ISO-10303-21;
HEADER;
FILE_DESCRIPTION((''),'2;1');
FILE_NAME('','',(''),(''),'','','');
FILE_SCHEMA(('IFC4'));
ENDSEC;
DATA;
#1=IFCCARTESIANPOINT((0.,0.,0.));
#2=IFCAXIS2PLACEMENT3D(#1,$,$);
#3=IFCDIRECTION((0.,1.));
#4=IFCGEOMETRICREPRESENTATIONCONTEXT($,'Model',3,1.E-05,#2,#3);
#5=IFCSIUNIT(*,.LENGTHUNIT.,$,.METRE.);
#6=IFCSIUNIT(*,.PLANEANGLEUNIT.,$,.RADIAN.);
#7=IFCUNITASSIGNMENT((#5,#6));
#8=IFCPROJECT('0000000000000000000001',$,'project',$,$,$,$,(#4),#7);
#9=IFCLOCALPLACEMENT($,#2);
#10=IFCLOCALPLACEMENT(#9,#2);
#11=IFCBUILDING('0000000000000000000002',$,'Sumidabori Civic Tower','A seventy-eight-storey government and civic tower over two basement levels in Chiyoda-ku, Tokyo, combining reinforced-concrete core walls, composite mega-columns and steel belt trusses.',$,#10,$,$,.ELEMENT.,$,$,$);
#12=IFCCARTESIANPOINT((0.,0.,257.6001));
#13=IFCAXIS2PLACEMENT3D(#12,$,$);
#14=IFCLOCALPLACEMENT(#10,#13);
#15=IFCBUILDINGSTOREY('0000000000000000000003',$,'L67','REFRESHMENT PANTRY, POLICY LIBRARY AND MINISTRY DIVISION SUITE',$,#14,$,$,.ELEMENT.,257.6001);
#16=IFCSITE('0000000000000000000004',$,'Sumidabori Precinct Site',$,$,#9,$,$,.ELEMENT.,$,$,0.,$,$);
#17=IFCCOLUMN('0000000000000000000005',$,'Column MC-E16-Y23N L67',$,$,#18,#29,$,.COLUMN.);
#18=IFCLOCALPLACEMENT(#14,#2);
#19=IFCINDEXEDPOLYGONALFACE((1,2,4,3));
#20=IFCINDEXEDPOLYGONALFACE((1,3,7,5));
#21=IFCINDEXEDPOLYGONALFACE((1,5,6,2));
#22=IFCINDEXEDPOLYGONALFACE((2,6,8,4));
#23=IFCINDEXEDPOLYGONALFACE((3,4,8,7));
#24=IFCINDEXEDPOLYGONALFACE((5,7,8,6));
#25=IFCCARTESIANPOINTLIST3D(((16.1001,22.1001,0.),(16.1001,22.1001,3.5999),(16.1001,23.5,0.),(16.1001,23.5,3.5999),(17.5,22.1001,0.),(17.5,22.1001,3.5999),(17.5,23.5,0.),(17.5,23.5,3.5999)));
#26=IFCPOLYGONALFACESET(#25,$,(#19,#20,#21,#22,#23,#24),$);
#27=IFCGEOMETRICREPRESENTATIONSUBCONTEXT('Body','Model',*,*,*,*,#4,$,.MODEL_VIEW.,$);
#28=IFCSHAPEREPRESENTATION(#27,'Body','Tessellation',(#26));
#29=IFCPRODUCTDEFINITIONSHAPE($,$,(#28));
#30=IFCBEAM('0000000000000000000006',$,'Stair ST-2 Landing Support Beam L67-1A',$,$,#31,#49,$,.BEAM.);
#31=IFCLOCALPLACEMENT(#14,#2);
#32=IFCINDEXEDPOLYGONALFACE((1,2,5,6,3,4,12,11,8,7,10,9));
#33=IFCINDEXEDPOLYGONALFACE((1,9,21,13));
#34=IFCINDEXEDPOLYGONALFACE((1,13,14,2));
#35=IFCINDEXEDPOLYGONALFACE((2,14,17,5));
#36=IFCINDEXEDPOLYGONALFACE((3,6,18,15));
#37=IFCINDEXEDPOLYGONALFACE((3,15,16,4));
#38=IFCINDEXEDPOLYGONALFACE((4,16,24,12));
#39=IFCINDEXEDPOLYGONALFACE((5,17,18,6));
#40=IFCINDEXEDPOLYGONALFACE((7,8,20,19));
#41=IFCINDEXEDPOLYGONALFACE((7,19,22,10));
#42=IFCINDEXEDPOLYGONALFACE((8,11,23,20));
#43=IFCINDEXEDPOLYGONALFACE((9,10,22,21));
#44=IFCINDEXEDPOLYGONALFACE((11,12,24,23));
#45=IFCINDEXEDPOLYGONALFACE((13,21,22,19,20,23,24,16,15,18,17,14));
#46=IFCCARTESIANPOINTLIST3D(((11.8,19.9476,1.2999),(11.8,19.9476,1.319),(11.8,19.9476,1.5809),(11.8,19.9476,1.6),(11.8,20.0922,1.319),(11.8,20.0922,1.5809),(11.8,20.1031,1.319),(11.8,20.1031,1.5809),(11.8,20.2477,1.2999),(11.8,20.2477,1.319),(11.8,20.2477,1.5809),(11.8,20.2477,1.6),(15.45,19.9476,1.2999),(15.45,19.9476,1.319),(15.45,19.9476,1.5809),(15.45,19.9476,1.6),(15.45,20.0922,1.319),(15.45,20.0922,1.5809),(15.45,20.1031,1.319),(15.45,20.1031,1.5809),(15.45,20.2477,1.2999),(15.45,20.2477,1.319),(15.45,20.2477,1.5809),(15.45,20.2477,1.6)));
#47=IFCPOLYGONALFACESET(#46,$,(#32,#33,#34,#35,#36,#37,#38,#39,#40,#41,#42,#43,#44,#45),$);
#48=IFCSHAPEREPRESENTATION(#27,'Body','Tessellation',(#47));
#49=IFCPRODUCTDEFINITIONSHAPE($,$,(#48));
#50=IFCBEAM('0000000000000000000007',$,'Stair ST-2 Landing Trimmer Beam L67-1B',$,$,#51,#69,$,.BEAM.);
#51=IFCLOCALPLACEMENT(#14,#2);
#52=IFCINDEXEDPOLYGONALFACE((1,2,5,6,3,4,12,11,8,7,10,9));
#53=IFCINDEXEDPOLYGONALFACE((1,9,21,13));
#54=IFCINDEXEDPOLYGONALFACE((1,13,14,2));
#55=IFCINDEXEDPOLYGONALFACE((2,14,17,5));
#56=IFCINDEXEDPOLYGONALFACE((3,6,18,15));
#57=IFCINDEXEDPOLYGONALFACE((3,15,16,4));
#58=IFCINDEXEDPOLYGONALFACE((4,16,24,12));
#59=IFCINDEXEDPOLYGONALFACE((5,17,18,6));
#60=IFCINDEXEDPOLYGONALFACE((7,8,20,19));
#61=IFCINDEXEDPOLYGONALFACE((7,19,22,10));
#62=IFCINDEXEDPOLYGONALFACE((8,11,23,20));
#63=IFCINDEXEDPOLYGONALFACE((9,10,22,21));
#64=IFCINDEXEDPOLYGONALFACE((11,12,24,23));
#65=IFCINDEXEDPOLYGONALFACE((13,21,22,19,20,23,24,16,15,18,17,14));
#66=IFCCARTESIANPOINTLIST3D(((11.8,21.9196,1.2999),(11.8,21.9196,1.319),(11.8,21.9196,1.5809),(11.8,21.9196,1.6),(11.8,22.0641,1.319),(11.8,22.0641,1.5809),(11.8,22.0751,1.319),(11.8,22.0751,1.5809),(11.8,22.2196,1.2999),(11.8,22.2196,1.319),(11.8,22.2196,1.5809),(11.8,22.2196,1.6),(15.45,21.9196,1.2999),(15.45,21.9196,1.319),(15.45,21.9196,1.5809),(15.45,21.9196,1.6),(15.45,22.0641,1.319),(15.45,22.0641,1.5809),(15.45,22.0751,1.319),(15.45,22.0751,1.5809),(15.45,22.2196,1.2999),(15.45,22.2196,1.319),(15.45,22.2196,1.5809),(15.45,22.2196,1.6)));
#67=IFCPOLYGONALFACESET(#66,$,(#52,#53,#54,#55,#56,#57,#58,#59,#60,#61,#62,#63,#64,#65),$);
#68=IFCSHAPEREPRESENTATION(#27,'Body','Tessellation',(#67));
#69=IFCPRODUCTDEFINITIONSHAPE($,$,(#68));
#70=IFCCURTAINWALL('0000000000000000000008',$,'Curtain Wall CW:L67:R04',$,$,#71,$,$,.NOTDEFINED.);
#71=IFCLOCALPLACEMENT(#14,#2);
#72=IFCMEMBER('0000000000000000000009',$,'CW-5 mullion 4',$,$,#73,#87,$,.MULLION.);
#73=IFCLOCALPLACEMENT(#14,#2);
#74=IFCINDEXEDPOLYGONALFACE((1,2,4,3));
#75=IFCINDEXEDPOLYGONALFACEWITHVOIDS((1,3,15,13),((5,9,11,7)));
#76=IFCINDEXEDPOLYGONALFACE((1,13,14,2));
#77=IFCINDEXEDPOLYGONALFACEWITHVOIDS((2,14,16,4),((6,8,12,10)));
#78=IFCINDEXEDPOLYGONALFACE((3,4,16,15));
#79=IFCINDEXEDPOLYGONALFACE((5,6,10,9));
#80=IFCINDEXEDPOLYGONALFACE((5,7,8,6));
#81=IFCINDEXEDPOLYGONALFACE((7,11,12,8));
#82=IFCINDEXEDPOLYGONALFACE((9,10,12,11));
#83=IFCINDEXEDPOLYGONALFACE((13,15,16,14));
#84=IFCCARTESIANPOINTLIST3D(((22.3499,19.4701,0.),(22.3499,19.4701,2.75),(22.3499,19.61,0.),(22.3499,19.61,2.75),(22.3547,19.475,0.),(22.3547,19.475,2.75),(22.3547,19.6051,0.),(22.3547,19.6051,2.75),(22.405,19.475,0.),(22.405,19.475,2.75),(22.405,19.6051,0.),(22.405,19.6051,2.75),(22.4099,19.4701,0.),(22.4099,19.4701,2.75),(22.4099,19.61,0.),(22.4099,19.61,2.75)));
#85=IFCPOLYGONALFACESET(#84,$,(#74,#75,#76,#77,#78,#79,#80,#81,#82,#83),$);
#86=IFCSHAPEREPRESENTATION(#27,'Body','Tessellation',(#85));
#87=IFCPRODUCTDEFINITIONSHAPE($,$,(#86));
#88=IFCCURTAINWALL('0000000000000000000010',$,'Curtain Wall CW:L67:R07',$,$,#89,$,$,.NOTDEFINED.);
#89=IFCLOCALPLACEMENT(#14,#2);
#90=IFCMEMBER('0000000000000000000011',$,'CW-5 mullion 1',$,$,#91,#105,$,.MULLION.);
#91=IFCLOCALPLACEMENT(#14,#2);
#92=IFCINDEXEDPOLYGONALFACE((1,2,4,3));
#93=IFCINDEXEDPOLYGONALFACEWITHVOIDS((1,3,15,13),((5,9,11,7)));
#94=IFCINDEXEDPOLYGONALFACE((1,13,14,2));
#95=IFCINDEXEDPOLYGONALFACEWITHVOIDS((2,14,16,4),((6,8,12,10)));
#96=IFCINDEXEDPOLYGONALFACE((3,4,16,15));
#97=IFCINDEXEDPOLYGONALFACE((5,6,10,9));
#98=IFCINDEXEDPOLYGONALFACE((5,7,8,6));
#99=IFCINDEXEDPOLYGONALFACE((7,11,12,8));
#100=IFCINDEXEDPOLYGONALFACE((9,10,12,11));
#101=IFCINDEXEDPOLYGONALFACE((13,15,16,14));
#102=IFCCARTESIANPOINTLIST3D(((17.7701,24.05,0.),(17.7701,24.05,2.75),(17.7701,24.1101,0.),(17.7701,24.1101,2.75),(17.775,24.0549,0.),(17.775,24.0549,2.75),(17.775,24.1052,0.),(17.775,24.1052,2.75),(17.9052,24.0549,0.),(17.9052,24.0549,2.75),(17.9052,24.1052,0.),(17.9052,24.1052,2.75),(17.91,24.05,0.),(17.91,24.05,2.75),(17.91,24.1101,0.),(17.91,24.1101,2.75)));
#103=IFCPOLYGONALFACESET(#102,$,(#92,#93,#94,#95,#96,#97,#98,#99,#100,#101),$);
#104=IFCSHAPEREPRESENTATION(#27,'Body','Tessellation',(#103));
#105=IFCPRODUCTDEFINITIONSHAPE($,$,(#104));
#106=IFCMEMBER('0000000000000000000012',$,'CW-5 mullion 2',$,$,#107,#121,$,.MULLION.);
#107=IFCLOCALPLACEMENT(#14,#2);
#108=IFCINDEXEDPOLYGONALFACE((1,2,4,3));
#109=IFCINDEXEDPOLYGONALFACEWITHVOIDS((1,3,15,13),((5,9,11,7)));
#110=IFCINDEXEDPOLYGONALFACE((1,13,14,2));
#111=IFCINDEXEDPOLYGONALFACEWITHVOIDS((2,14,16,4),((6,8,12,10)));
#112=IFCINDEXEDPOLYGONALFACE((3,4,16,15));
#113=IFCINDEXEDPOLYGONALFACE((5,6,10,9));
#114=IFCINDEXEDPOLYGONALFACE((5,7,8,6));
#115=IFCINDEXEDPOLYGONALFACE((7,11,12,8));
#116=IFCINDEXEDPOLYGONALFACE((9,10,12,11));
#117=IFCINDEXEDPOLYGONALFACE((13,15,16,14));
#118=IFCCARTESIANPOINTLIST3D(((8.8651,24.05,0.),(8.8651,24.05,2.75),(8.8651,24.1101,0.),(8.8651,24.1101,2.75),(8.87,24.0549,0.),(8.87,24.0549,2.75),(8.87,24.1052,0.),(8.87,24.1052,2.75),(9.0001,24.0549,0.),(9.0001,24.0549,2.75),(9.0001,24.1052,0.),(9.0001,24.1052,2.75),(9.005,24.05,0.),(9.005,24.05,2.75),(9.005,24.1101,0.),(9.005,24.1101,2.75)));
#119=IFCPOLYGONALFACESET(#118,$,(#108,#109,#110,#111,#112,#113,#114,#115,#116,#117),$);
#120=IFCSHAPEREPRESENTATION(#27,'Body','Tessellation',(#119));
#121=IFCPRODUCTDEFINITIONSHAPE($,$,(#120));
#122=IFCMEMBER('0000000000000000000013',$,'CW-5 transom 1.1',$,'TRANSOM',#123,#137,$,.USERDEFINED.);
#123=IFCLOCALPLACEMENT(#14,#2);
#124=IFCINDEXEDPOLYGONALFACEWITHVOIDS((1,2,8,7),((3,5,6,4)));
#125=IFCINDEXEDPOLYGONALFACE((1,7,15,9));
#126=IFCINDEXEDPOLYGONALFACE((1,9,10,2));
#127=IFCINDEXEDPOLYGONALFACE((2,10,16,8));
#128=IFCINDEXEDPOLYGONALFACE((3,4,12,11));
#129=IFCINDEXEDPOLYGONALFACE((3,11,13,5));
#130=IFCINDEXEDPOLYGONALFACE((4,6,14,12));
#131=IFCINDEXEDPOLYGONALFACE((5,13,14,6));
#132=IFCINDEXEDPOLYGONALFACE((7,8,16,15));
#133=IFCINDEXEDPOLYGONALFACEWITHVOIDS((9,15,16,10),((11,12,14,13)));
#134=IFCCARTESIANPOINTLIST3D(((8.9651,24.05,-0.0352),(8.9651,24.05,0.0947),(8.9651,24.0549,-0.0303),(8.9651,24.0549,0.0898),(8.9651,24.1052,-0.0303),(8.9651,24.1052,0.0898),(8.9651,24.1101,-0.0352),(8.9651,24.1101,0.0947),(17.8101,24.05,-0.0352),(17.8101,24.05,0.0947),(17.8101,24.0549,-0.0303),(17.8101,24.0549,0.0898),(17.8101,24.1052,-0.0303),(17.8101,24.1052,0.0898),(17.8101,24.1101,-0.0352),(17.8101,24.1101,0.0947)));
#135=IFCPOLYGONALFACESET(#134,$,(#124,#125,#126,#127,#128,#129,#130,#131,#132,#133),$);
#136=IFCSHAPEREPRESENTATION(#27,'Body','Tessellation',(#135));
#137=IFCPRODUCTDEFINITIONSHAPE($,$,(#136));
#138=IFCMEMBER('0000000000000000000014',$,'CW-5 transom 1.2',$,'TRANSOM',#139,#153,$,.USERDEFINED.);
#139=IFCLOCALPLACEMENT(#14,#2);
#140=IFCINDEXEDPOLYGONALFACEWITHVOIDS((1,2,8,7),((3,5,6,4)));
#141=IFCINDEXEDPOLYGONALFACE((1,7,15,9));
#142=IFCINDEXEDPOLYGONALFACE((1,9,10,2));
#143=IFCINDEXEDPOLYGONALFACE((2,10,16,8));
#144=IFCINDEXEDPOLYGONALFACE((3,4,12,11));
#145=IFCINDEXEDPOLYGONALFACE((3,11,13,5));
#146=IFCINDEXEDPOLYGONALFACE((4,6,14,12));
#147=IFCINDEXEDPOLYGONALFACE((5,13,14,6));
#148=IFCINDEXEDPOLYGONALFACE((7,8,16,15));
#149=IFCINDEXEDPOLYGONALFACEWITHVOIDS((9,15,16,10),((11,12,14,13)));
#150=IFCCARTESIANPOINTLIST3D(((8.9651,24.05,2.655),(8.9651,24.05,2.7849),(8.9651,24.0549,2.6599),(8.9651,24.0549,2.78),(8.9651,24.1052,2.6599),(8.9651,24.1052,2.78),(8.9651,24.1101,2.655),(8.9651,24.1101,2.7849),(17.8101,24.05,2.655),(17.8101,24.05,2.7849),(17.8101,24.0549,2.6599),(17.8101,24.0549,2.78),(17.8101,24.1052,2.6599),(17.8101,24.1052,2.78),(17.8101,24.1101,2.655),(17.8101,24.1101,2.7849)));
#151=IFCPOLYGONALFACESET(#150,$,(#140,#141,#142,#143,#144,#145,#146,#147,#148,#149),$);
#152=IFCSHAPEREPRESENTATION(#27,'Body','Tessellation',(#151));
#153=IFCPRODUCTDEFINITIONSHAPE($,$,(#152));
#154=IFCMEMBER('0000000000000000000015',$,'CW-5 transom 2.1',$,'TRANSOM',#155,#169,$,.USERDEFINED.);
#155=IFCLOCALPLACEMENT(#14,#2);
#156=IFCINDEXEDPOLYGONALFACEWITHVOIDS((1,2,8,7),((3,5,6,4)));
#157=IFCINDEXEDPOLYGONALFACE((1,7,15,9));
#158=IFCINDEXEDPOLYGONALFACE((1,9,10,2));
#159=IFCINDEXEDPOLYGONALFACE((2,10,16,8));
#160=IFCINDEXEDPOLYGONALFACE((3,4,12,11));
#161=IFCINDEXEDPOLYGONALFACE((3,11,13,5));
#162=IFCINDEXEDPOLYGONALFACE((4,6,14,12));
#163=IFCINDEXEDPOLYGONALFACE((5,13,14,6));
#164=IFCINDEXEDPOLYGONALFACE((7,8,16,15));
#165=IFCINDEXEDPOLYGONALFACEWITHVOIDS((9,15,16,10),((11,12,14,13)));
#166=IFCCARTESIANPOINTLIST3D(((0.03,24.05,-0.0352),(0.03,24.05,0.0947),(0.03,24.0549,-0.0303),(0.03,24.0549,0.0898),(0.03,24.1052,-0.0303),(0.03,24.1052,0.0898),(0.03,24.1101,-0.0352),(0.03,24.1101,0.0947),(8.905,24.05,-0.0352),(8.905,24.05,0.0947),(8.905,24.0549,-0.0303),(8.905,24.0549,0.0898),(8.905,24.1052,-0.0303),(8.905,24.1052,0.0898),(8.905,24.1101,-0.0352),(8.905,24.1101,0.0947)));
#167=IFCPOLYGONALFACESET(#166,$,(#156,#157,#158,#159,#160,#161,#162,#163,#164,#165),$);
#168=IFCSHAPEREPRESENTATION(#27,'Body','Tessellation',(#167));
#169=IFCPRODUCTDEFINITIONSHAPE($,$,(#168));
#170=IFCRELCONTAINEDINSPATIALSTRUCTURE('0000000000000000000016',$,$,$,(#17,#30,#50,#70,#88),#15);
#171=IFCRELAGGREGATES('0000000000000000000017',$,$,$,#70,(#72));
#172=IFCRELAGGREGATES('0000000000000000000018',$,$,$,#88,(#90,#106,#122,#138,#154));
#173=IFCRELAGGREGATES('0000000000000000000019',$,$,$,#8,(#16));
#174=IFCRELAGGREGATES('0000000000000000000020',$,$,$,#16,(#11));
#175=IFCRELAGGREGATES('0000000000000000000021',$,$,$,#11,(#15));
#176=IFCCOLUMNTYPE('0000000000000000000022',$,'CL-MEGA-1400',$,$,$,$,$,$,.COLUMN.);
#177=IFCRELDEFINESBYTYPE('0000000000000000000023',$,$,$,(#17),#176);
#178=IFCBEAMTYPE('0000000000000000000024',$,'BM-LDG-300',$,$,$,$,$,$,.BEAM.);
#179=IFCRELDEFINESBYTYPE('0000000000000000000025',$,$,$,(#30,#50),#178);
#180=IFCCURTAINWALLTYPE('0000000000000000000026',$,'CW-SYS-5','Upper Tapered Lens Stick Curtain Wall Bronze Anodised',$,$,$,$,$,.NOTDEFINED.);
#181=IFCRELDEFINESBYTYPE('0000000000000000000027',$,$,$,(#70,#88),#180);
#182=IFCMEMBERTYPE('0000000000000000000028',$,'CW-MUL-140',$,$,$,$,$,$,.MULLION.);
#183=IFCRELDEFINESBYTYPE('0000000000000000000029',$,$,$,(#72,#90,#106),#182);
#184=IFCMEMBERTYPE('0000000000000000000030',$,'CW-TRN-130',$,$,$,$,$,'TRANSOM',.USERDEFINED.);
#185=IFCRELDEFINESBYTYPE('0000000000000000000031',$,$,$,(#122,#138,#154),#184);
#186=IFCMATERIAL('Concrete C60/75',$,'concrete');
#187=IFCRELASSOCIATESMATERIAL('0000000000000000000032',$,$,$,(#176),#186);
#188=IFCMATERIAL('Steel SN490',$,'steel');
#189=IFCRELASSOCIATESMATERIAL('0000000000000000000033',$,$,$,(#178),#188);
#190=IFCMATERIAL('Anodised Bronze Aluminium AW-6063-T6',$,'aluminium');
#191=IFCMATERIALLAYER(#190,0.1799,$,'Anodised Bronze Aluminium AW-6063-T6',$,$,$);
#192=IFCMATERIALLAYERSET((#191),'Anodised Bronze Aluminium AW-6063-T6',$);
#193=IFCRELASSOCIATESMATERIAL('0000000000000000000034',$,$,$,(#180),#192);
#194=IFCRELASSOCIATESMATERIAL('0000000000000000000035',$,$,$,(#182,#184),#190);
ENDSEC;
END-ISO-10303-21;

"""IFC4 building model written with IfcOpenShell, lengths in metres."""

from ifc_helpers import new_model, si_unit, direction, frame, origin, origin_2d, place, context, subcontext, project, spatial, rectangle, hollow_rectangle, i_section, extrude, source, transform, mapped, material, layer, layer_set, material_profile, profile_set, type_object, element, aggregate, save


model = new_model("IFC4")

# Units and contexts
model_context = context("Model", 3, precision=1e-05, world=origin(), true_north=direction((0.0, 1.0)))
body_context = subcontext(model_context, "Body", "Model", "MODEL_VIEW")
ifc_project = project(units=[si_unit("LENGTHUNIT", "METRE"), si_unit("PLANEANGLEUNIT", "RADIAN")], contexts=[model_context])

# Site, building, storey
site_placement = place(None, origin())
site = spatial("IfcSite", under=ifc_project, at=site_placement, Name="Sumidabori Precinct Site", CompositionType="ELEMENT", RefElevation=0.0)
building_placement = place(site_placement, origin())
building = spatial("IfcBuilding", under=site, at=building_placement, Name="Sumidabori Civic Tower", Description="A seventy-eight-storey government and civic tower over two basement levels in Chiyoda-ku, Tokyo, combining reinforced-concrete core walls, composite mega-columns and steel belt trusses.", CompositionType="ELEMENT")
storey_placement = place(building_placement, frame((0.0, 0.0, 257.6001)))
storey = spatial("IfcBuildingStorey", under=building, at=storey_placement, Name="L67", Description="REFRESHMENT PANTRY, POLICY LIBRARY AND MINISTRY DIVISION SUITE", CompositionType="ELEMENT", Elevation=257.6001)

# Column
ifc_material_1 = material(Name="Concrete C60/75", Category="concrete")
ifc_material_profile_1 = material_profile(ifc_material_1, rectangle(XDim=1.3999, YDim=1.3999, at=origin_2d()), Name="RC 1400x1400")
ifc_profile_set_1 = profile_set([ifc_material_profile_1], Name="Concrete C60/75")
column_type = type_object("IfcColumnType", Name="CL-MEGA-1400", PredefinedType="COLUMN", material=ifc_profile_set_1)
shared_shape_1 = source(origin(), body_context, "Body", "SweptSolid", [
    extrude(rectangle(XDim=1.3999, YDim=1.3999, at=origin_2d()), origin(), (0.0, 0.0, 1.0), 3.5999),
])
column_placement = place(storey_placement, frame((16.8, 22.8, 0.0), z_axis=(0.0, 0.0, 1.0), x_axis=(1.0, 0.0, 0.0)))
element("IfcColumn", 1, at=column_placement, inside=storey, type_object=column_type, Name="Column MC-E16-Y23N L67", PredefinedType="COLUMN", context=body_context, shape_type="MappedRepresentation", body=[
    mapped(shared_shape_1, transform((0.0, 0.0, 0.0), x_axis=(1.0, 0.0, 0.0), y_axis=(0.0, 1.0, 0.0), z_axis=(0.0, 0.0, 1.0), scale=1.0)),
])

# Beams
ifc_material_2 = material(Name="Steel SN490", Category="steel")
ifc_material_profile_2 = material_profile(ifc_material_2, i_section(OverallWidth=0.3, OverallDepth=0.3, WebThickness=0.011, FlangeThickness=0.019, at=origin_2d()), Name="HE 300 B")
ifc_profile_set_2 = profile_set([ifc_material_profile_2], Name="Steel SN490")
beam_type = type_object("IfcBeamType", Name="BM-LDG-300", PredefinedType="BEAM", material=ifc_profile_set_2)
shared_shape_2 = source(origin(), body_context, "Body", "SweptSolid", [
    extrude(i_section(OverallWidth=0.3, OverallDepth=0.3, WebThickness=0.011, FlangeThickness=0.019, at=origin_2d()), origin(), (0.0, 0.0, 1.0), 3.6499),
])
for number, where, z_axis, x_axis, name in (
    (2, (11.8, 20.0977, 1.45), (1.0, 0.0, 0.0), (0.0, 1.0, 0.0), "Stair ST-2 Landing Support Beam L67-1A"),
    (3, (11.8, 22.0696, 1.45), (1.0, 0.0, 0.0), (0.0, 1.0, 0.0), "Stair ST-2 Landing Trimmer Beam L67-1B"),
):
    element("IfcBeam", number, at=place(storey_placement, frame(where, z_axis=z_axis, x_axis=x_axis)), inside=storey, type_object=beam_type, Name=name, PredefinedType="BEAM", context=body_context, shape_type="MappedRepresentation", body=[
        mapped(shared_shape_2, transform((0.0, 0.0, 0.0), x_axis=(1.0, 0.0, 0.0), y_axis=(0.0, 1.0, 0.0), z_axis=(0.0, 0.0, 1.0), scale=1.0)),
    ])

# Curtain wall, member
ifc_material_3 = material(Name="Anodised Bronze Aluminium AW-6063-T6", Category="aluminium")
ifc_layer_1 = layer(ifc_material_3, 0.1799, Name="Anodised Bronze Aluminium AW-6063-T6")
ifc_layer_set_1 = layer_set([ifc_layer_1], Name="Anodised Bronze Aluminium AW-6063-T6")
curtain_wall_type = type_object("IfcCurtainWallType", Name="CW-SYS-5", Description="Upper Tapered Lens Stick Curtain Wall Bronze Anodised", PredefinedType="NOTDEFINED", material=ifc_layer_set_1)
curtain_wall_1_placement = place(storey_placement, origin())
curtain_wall_1 = element("IfcCurtainWall", 4, at=curtain_wall_1_placement, inside=storey, type_object=curtain_wall_type, Name="Curtain Wall CW:L67:R04", PredefinedType="NOTDEFINED")
ifc_material_profile_3 = material_profile(ifc_material_3, hollow_rectangle(XDim=0.0601, YDim=0.1399, WallThickness=0.0049, at=origin_2d()), Name="ALU MULLION 140x60")
ifc_profile_set_3 = profile_set([ifc_material_profile_3], Name="Anodised Bronze Aluminium AW-6063-T6")
member_type_1 = type_object("IfcMemberType", Name="CW-MUL-140", PredefinedType="MULLION", material=ifc_profile_set_3)
shared_shape_3 = source(origin(), body_context, "Body", "SweptSolid", [
    extrude(hollow_rectangle(XDim=0.0601, YDim=0.1399, WallThickness=0.0049, at=origin_2d()), origin(), (0.0, 0.0, 1.0), 2.75),
])
member_1_placement = place(storey_placement, frame((22.3799, 19.54, 0.0), z_axis=(0.0, 0.0, 1.0), x_axis=(-1.0, 0.0, 0.0)))
member_1 = element("IfcMember", 5, at=member_1_placement, type_object=member_type_1, Name="CW-5 mullion 4", PredefinedType="MULLION", context=body_context, shape_type="MappedRepresentation", body=[
    mapped(shared_shape_3, transform((0.0, 0.0, 0.0), x_axis=(1.0, 0.0, 0.0), y_axis=(0.0, 1.0, 0.0), z_axis=(0.0, 0.0, 1.0), scale=1.0)),
])
aggregate(curtain_wall_1, [member_1])

# Curtain wall, members
curtain_wall_2_placement = place(storey_placement, origin())
curtain_wall_2 = element("IfcCurtainWall", 6, at=curtain_wall_2_placement, inside=storey, type_object=curtain_wall_type, Name="Curtain Wall CW:L67:R07", PredefinedType="NOTDEFINED")
member_2_placement = place(storey_placement, frame((17.8401, 24.0801, 0.0), z_axis=(0.0, 0.0, 1.0), x_axis=(0.0, -1.0, 0.0)))
member_2 = element("IfcMember", 7, at=member_2_placement, type_object=member_type_1, Name="CW-5 mullion 1", PredefinedType="MULLION", context=body_context, shape_type="MappedRepresentation", body=[
    mapped(shared_shape_3, transform((0.0, 0.0, 0.0), x_axis=(1.0, 0.0, 0.0), y_axis=(0.0, 1.0, 0.0), z_axis=(0.0, 0.0, 1.0), scale=1.0)),
])
member_3_placement = place(storey_placement, frame((8.9351, 24.0801, 0.0), z_axis=(0.0, 0.0, 1.0), x_axis=(0.0, -1.0, 0.0)))
member_3 = element("IfcMember", 8, at=member_3_placement, type_object=member_type_1, Name="CW-5 mullion 2", PredefinedType="MULLION", context=body_context, shape_type="MappedRepresentation", body=[
    mapped(shared_shape_3, transform((0.0, 0.0, 0.0), x_axis=(1.0, 0.0, 0.0), y_axis=(0.0, 1.0, 0.0), z_axis=(0.0, 0.0, 1.0), scale=1.0)),
])
ifc_material_profile_4 = material_profile(ifc_material_3, hollow_rectangle(XDim=0.0601, YDim=0.1299, WallThickness=0.0049, at=origin_2d()), Name="ALU TRANSOM 130x60")
ifc_profile_set_4 = profile_set([ifc_material_profile_4], Name="Anodised Bronze Aluminium AW-6063-T6")
member_type_2 = type_object("IfcMemberType", Name="CW-TRN-130", ElementType="TRANSOM", PredefinedType="USERDEFINED", material=ifc_profile_set_4)
shared_shape_4 = source(origin(), body_context, "Body", "SweptSolid", [
    extrude(hollow_rectangle(XDim=0.0601, YDim=0.1299, WallThickness=0.0049, at=origin_2d()), origin(), (0.0, 0.0, 1.0), 8.845),
])
member_4_placement = place(storey_placement, frame((17.8101, 24.0801, 0.0298), z_axis=(-1.0, 0.0, 0.0), x_axis=(0.0, -1.0, 0.0)))
member_4 = element("IfcMember", 9, at=member_4_placement, type_object=member_type_2, Name="CW-5 transom 1.1", ObjectType="TRANSOM", PredefinedType="USERDEFINED", context=body_context, shape_type="MappedRepresentation", body=[
    mapped(shared_shape_4, transform((0.0, 0.0, 0.0), x_axis=(1.0, 0.0, 0.0), y_axis=(0.0, 1.0, 0.0), z_axis=(0.0, 0.0, 1.0), scale=1.0)),
])
member_5_placement = place(storey_placement, frame((17.8101, 24.0801, 2.72), z_axis=(-1.0, 0.0, 0.0), x_axis=(0.0, -1.0, 0.0)))
member_5 = element("IfcMember", 10, at=member_5_placement, type_object=member_type_2, Name="CW-5 transom 1.2", ObjectType="TRANSOM", PredefinedType="USERDEFINED", context=body_context, shape_type="MappedRepresentation", body=[
    mapped(shared_shape_4, transform((0.0, 0.0, 0.0), x_axis=(1.0, 0.0, 0.0), y_axis=(0.0, 1.0, 0.0), z_axis=(0.0, 0.0, 1.0), scale=1.0)),
])
shared_shape_5 = source(origin(), body_context, "Body", "SweptSolid", [
    extrude(hollow_rectangle(XDim=0.0601, YDim=0.1299, WallThickness=0.0049, at=origin_2d()), origin(), (0.0, 0.0, 1.0), 8.875),
])
member_6_placement = place(storey_placement, frame((8.905, 24.0801, 0.0298), z_axis=(-1.0, 0.0, 0.0), x_axis=(0.0, -1.0, 0.0)))
member_6 = element("IfcMember", 11, at=member_6_placement, type_object=member_type_2, Name="CW-5 transom 2.1", ObjectType="TRANSOM", PredefinedType="USERDEFINED", context=body_context, shape_type="MappedRepresentation", body=[
    mapped(shared_shape_5, transform((0.0, 0.0, 0.0), x_axis=(1.0, 0.0, 0.0), y_axis=(0.0, 1.0, 0.0), z_axis=(0.0, 0.0, 1.0), scale=1.0)),
])
aggregate(curtain_wall_2, [member_2, member_3, member_4, member_5, member_6])

save(model, "model.ifc")
